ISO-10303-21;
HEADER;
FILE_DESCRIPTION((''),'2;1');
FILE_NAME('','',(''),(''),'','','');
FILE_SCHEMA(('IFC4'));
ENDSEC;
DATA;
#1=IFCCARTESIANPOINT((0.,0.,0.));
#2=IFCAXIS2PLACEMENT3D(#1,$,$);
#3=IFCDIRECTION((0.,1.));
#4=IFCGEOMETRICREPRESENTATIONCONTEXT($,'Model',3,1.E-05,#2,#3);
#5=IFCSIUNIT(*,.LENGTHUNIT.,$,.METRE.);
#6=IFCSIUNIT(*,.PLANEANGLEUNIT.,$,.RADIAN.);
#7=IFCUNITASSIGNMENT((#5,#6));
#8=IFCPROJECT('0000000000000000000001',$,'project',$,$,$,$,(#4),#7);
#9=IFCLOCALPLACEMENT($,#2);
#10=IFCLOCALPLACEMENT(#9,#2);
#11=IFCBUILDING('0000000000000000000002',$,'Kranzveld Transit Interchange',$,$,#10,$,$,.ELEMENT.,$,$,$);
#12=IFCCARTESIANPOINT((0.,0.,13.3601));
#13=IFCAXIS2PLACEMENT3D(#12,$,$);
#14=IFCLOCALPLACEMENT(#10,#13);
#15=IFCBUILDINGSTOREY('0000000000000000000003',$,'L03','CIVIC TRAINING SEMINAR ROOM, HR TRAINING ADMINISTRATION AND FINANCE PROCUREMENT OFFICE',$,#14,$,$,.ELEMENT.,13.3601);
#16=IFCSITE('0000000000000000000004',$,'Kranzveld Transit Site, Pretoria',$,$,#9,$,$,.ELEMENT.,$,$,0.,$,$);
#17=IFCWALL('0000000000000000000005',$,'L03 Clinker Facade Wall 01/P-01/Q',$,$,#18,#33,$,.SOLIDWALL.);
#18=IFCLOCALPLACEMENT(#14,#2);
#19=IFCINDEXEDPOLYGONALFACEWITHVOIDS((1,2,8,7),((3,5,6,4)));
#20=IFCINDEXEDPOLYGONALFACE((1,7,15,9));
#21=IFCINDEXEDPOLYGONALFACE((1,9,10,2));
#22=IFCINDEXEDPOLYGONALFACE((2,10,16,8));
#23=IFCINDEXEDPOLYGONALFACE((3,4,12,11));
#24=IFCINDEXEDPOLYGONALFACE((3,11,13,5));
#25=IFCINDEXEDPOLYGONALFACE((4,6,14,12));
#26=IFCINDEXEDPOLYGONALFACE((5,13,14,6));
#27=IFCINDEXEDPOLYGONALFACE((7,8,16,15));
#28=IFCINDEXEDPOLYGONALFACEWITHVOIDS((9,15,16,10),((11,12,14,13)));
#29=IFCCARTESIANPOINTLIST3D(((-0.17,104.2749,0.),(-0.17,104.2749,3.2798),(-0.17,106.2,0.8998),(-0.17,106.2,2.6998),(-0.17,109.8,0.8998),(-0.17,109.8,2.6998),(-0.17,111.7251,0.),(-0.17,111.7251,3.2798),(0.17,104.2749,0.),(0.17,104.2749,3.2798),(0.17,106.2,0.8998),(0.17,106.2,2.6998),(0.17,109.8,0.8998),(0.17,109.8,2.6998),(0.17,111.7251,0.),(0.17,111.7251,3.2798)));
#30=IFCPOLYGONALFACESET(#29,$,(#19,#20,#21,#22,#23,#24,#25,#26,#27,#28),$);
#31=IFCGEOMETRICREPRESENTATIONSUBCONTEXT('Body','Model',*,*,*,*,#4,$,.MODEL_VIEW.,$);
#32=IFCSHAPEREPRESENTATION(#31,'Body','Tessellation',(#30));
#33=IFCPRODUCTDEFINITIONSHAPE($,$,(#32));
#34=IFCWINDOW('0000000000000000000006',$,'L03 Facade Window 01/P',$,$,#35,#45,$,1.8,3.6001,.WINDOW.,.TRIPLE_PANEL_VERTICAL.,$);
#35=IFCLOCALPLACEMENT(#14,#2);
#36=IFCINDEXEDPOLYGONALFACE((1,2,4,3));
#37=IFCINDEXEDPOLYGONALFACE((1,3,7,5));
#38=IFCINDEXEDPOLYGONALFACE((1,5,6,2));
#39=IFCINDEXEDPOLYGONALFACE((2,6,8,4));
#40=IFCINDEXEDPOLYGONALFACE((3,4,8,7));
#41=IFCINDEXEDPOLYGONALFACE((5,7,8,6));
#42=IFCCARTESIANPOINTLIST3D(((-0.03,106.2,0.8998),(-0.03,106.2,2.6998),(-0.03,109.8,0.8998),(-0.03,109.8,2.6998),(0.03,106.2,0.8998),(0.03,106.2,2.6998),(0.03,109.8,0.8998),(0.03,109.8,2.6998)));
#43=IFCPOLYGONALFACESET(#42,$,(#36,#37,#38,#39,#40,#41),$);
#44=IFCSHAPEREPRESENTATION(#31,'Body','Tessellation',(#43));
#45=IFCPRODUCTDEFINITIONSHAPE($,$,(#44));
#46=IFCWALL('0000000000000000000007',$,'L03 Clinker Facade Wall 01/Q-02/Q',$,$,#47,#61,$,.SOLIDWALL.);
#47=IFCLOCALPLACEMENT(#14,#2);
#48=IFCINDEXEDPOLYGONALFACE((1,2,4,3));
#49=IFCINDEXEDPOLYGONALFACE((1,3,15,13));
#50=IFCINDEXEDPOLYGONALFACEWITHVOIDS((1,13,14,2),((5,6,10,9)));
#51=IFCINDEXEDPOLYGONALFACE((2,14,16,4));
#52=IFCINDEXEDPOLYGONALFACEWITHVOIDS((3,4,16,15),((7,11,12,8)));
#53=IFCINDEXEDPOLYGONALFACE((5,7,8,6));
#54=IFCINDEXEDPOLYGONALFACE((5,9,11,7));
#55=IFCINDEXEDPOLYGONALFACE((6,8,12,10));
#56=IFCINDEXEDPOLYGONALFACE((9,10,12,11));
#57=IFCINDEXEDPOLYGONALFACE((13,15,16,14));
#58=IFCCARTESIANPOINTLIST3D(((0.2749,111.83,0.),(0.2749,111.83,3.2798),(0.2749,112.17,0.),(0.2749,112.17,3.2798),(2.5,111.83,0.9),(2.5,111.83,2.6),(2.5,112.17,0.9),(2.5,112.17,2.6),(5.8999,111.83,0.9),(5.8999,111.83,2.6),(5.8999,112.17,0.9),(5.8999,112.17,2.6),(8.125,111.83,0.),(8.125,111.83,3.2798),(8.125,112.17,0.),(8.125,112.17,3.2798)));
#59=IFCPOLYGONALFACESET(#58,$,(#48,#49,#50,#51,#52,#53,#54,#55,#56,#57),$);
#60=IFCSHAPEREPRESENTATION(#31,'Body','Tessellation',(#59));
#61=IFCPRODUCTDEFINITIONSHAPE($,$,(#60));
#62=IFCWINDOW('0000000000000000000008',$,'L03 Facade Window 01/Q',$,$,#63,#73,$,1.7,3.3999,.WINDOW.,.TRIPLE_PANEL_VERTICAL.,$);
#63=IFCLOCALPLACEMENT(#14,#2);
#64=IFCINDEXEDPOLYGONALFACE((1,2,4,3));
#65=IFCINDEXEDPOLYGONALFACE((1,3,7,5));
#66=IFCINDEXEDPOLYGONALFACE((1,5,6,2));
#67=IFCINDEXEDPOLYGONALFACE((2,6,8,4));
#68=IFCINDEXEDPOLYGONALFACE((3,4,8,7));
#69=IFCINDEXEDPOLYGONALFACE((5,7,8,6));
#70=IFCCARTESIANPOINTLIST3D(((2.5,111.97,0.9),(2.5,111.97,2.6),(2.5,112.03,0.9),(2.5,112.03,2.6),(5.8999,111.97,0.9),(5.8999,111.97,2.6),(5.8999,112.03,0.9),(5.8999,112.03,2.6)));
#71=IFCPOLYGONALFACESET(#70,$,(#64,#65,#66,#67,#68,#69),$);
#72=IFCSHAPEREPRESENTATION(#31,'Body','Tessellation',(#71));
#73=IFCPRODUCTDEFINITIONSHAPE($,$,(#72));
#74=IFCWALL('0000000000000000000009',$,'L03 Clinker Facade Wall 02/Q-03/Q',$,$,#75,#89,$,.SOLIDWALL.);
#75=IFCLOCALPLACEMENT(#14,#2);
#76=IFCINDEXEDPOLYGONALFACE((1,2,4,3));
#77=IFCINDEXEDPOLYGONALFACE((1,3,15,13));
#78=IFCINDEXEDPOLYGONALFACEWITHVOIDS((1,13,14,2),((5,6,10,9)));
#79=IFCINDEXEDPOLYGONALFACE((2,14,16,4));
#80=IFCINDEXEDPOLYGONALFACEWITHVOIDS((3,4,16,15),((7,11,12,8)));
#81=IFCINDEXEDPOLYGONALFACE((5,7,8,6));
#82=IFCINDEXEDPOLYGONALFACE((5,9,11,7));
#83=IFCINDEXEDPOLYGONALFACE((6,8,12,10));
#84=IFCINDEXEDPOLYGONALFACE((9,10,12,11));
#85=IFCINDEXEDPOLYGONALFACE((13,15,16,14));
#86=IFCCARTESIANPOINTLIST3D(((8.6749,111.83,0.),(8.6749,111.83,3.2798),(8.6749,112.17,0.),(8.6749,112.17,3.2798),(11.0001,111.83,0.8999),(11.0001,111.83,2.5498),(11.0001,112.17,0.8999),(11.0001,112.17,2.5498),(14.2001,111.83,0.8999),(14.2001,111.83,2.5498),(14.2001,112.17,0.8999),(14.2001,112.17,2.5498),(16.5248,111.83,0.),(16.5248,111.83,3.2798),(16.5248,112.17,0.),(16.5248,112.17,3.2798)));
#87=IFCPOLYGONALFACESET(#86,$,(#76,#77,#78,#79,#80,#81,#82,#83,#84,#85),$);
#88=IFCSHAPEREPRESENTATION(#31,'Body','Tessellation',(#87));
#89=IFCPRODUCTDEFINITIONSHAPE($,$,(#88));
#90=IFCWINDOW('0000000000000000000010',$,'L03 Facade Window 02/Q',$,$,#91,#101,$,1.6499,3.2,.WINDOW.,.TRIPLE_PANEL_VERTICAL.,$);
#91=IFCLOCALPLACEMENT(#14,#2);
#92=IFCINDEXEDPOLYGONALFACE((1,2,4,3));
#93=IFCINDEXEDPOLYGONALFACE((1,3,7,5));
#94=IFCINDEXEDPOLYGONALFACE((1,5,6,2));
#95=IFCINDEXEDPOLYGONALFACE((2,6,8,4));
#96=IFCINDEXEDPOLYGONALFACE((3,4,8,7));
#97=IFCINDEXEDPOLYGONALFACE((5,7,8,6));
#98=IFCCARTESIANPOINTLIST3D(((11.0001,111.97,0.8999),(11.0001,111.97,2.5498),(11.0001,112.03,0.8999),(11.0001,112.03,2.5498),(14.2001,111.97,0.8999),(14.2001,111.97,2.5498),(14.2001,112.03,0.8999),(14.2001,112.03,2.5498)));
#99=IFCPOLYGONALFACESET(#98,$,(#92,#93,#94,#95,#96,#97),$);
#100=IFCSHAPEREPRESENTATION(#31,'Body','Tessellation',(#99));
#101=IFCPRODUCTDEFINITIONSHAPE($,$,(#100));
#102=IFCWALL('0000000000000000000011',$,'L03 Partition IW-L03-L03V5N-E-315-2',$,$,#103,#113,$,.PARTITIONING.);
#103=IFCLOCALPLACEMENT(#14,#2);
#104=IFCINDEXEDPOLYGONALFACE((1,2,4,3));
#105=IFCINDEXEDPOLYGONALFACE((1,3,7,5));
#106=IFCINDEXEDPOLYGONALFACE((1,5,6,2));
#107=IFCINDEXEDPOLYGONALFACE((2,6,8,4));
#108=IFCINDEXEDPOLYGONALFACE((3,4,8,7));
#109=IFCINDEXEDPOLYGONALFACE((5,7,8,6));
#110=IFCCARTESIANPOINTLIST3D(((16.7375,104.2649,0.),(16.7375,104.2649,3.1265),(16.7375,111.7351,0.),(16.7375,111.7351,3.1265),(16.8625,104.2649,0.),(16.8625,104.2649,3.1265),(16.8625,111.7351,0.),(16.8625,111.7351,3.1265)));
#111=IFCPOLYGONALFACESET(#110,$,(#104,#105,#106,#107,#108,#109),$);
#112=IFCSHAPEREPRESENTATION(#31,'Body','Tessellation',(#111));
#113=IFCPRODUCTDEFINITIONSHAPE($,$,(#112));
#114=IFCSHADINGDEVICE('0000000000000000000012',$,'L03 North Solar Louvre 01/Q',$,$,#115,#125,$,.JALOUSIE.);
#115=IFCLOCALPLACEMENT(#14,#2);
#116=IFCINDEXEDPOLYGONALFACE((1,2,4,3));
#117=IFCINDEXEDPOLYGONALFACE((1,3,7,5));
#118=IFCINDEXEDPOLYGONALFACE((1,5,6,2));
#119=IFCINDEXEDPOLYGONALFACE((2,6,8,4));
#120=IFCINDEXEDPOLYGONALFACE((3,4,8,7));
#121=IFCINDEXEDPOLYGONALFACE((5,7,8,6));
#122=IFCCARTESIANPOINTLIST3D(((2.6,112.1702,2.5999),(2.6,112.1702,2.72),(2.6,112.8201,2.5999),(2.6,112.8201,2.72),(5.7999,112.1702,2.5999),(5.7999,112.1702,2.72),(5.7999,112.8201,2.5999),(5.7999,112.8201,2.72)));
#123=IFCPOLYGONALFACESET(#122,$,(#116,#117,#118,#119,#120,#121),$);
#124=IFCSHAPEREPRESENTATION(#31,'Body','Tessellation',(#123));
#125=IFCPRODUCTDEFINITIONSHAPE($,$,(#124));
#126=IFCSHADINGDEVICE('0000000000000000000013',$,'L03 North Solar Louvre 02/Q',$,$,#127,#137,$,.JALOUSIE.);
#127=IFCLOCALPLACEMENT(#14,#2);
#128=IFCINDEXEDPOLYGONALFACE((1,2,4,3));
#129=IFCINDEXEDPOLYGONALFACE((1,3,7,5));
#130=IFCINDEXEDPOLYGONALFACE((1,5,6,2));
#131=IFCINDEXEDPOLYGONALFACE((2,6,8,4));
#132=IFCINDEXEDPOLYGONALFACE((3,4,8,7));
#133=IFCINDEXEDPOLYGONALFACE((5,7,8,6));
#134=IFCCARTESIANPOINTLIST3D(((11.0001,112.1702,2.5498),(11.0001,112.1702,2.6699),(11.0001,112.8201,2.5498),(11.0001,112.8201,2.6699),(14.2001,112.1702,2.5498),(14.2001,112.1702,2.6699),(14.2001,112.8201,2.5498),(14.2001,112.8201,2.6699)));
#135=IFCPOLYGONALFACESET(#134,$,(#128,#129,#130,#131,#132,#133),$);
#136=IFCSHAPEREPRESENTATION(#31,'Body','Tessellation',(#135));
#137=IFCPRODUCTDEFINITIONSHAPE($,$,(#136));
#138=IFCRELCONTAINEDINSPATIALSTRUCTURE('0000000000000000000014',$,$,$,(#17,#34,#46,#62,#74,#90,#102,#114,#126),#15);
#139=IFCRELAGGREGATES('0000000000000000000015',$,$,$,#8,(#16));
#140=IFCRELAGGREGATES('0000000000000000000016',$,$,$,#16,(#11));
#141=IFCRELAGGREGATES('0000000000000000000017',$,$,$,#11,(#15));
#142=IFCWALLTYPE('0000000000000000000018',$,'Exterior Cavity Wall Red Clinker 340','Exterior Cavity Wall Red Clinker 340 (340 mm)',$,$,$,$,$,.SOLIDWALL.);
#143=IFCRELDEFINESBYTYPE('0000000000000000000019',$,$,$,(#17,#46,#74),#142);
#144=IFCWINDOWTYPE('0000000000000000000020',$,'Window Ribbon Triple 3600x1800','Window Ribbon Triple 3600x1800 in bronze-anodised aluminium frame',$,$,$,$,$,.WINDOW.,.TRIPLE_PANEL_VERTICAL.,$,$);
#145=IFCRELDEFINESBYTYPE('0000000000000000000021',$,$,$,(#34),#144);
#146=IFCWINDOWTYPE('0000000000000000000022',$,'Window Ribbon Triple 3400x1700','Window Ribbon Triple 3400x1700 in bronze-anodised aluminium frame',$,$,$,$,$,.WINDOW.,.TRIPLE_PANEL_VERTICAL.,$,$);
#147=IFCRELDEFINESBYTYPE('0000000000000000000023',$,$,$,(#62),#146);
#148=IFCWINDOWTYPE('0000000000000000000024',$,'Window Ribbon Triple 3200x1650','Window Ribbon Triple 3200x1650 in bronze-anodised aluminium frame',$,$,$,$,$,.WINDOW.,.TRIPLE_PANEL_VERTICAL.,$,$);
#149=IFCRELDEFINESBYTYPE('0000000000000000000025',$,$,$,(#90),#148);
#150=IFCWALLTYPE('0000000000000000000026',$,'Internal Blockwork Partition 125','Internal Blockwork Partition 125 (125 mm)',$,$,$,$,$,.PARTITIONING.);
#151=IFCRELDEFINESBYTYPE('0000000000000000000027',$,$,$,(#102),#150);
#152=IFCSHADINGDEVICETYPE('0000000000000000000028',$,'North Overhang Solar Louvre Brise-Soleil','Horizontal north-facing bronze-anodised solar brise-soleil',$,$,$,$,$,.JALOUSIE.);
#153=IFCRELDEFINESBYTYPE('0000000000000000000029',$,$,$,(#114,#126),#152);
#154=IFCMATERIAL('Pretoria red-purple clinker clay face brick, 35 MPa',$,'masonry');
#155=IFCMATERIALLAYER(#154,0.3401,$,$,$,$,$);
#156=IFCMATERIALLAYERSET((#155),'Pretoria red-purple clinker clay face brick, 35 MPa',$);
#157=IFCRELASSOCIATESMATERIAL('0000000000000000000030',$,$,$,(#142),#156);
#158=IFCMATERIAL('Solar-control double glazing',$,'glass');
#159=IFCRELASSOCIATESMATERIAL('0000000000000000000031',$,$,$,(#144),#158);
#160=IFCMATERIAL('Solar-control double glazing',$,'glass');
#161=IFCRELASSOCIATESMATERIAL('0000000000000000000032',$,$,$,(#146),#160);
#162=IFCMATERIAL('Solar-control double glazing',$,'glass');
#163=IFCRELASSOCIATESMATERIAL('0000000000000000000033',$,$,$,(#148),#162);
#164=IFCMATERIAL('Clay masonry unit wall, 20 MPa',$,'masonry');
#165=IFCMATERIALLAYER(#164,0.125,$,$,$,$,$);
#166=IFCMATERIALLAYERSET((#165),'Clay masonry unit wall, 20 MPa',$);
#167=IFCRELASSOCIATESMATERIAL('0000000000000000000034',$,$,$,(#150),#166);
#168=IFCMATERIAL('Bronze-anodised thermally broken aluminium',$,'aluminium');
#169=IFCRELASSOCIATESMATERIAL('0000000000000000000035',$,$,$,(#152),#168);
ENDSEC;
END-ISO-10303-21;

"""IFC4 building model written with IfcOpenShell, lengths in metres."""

from ifc_helpers import new_model, si_unit, direction, frame, frame_2d, origin, origin_2d, place, context, subcontext, project, spatial, rectangle, extrude, material, layer, layer_set, type_object, element, fill, save


model = new_model("IFC4")

# Units and contexts
model_context = context("Model", 3, precision=1e-05, world=origin(), true_north=direction((0.0, 1.0)))
body_context = subcontext(model_context, "Body", "Model", "MODEL_VIEW")
ifc_project = project(units=[si_unit("LENGTHUNIT", "METRE"), si_unit("PLANEANGLEUNIT", "RADIAN")], contexts=[model_context])

# Site, building, storey
site_placement = place(None, origin())
site = spatial("IfcSite", under=ifc_project, at=site_placement, Name="Kranzveld Transit Site, Pretoria", CompositionType="ELEMENT", RefElevation=0.0)
building_placement = place(site_placement, origin())
building = spatial("IfcBuilding", under=site, at=building_placement, Name="Kranzveld Transit Interchange", CompositionType="ELEMENT")
storey_placement = place(building_placement, frame((0.0, 0.0, 13.3601)))
storey = spatial("IfcBuildingStorey", under=building, at=storey_placement, Name="L03", Description="CIVIC TRAINING SEMINAR ROOM, HR TRAINING ADMINISTRATION AND FINANCE PROCUREMENT OFFICE", CompositionType="ELEMENT", Elevation=13.3601)

# Walls, openings, windows
ifc_material_1 = material(Name="Pretoria red-purple clinker clay face brick, 35 MPa", Category="masonry")
ifc_layer_1 = layer(ifc_material_1, 0.3401)
ifc_layer_set_1 = layer_set([ifc_layer_1], Name="Pretoria red-purple clinker clay face brick, 35 MPa")
wall_type_1 = type_object("IfcWallType", Name="Exterior Cavity Wall Red Clinker 340", Description="Exterior Cavity Wall Red Clinker 340 (340 mm)", PredefinedType="SOLIDWALL", material=ifc_layer_set_1)
wall_1_placement = place(storey_placement, frame((0.0, 104.2749, 0.0), z_axis=(0.0, 0.0, 1.0), x_axis=(0.0, 1.0, 0.0)))
wall_1 = element("IfcWall", 1, at=wall_1_placement, inside=storey, type_object=wall_type_1, Name="L03 Clinker Facade Wall 01/P-01/Q", PredefinedType="SOLIDWALL", context=body_context, shape_type="SweptSolid", body=[
    extrude(rectangle(XDim=7.4502, YDim=0.3401, at=frame_2d((3.7251, 0.0))), origin(), (0.0, 0.0, 1.0), 3.2798),
])
opening_1_placement = place(wall_1_placement, frame((1.925, 0.0, 0.8999), z_axis=(0.0, 0.0, 1.0), x_axis=(1.0, 0.0, 0.0)))
opening_1 = element("IfcOpeningElement", 2, at=opening_1_placement, cuts=wall_1, PredefinedType="OPENING", context=body_context, shape_type="SweptSolid", body=[
    extrude(rectangle(XDim=3.6001, YDim=1.8, at=frame_2d((1.8, 0.8999))), frame((0.0, 0.1799, 0.0), z_axis=(0.0, -1.0, 0.0), x_axis=(1.0, 0.0, 0.0)), (0.0, 0.0, 1.0), 0.3601),
])
ifc_material_2 = material(Name="Solar-control double glazing", Category="glass")
window_type_1 = type_object("IfcWindowType", Name="Window Ribbon Triple 3600x1800", Description="Window Ribbon Triple 3600x1800 in bronze-anodised aluminium frame", PartitioningType="TRIPLE_PANEL_VERTICAL", PredefinedType="WINDOW", material=ifc_material_2)
window_1_placement = place(opening_1_placement, origin())
window_1 = element("IfcWindow", 3, at=window_1_placement, inside=storey, type_object=window_type_1, Name="L03 Facade Window 01/P", OverallHeight=1.8, OverallWidth=3.6001, PartitioningType="TRIPLE_PANEL_VERTICAL", PredefinedType="WINDOW", context=body_context, shape_type="SweptSolid", body=[
    extrude(rectangle(XDim=3.6001, YDim=1.8, at=frame_2d((1.8, 0.8999))), frame((0.0, 0.03, 0.0), z_axis=(0.0, -1.0, 0.0), x_axis=(1.0, 0.0, 0.0)), (0.0, 0.0, 1.0), 0.0601),
])
fill(opening_1, window_1)
wall_2_placement = place(storey_placement, frame((0.2749, 112.0, 0.0), z_axis=(0.0, 0.0, 1.0), x_axis=(1.0, 0.0, 0.0)))
wall_2 = element("IfcWall", 4, at=wall_2_placement, inside=storey, type_object=wall_type_1, Name="L03 Clinker Facade Wall 01/Q-02/Q", PredefinedType="SOLIDWALL", context=body_context, shape_type="SweptSolid", body=[
    extrude(rectangle(XDim=7.8501, YDim=0.3401, at=frame_2d((3.925, 0.0))), origin(), (0.0, 0.0, 1.0), 3.2798),
])
opening_2_placement = place(wall_2_placement, frame((2.2251, 0.0, 0.8999), z_axis=(0.0, 0.0, 1.0), x_axis=(1.0, 0.0, 0.0)))
opening_2 = element("IfcOpeningElement", 5, at=opening_2_placement, cuts=wall_2, PredefinedType="OPENING", context=body_context, shape_type="SweptSolid", body=[
    extrude(rectangle(XDim=3.3999, YDim=1.7, at=frame_2d((1.7, 0.8501))), frame((0.0, 0.1799, 0.0), z_axis=(0.0, -1.0, 0.0), x_axis=(1.0, 0.0, 0.0)), (0.0, 0.0, 1.0), 0.3601),
])
ifc_material_3 = material(Name="Solar-control double glazing", Category="glass")
window_type_2 = type_object("IfcWindowType", Name="Window Ribbon Triple 3400x1700", Description="Window Ribbon Triple 3400x1700 in bronze-anodised aluminium frame", PartitioningType="TRIPLE_PANEL_VERTICAL", PredefinedType="WINDOW", material=ifc_material_3)
window_2_placement = place(opening_2_placement, origin())
window_2 = element("IfcWindow", 6, at=window_2_placement, inside=storey, type_object=window_type_2, Name="L03 Facade Window 01/Q", OverallHeight=1.7, OverallWidth=3.3999, PartitioningType="TRIPLE_PANEL_VERTICAL", PredefinedType="WINDOW", context=body_context, shape_type="SweptSolid", body=[
    extrude(rectangle(XDim=3.3999, YDim=1.7, at=frame_2d((1.7, 0.8501))), frame((0.0, 0.03, 0.0), z_axis=(0.0, -1.0, 0.0), x_axis=(1.0, 0.0, 0.0)), (0.0, 0.0, 1.0), 0.0601),
])
fill(opening_2, window_2)
wall_3_placement = place(storey_placement, frame((8.675, 112.0, 0.0), z_axis=(0.0, 0.0, 1.0), x_axis=(1.0, 0.0, 0.0)))
wall_3 = element("IfcWall", 7, at=wall_3_placement, inside=storey, type_object=wall_type_1, Name="L03 Clinker Facade Wall 02/Q-03/Q", PredefinedType="SOLIDWALL", context=body_context, shape_type="SweptSolid", body=[
    extrude(rectangle(XDim=7.8499, YDim=0.3401, at=frame_2d((3.9248, 0.0))), origin(), (0.0, 0.0, 1.0), 3.2798),
])
opening_3_placement = place(wall_3_placement, frame((2.325, 0.0, 0.8999), z_axis=(0.0, 0.0, 1.0), x_axis=(1.0, 0.0, 0.0)))
opening_3 = element("IfcOpeningElement", 8, at=opening_3_placement, cuts=wall_3, PredefinedType="OPENING", context=body_context, shape_type="SweptSolid", body=[
    extrude(rectangle(XDim=3.2, YDim=1.6499, at=frame_2d((1.6001, 0.825))), frame((0.0, 0.1799, 0.0), z_axis=(0.0, -1.0, 0.0), x_axis=(1.0, 0.0, 0.0)), (0.0, 0.0, 1.0), 0.3601),
])
ifc_material_4 = material(Name="Solar-control double glazing", Category="glass")
window_type_3 = type_object("IfcWindowType", Name="Window Ribbon Triple 3200x1650", Description="Window Ribbon Triple 3200x1650 in bronze-anodised aluminium frame", PartitioningType="TRIPLE_PANEL_VERTICAL", PredefinedType="WINDOW", material=ifc_material_4)
window_3_placement = place(opening_3_placement, origin())
window_3 = element("IfcWindow", 9, at=window_3_placement, inside=storey, type_object=window_type_3, Name="L03 Facade Window 02/Q", OverallHeight=1.6499, OverallWidth=3.2, PartitioningType="TRIPLE_PANEL_VERTICAL", PredefinedType="WINDOW", context=body_context, shape_type="SweptSolid", body=[
    extrude(rectangle(XDim=3.2, YDim=1.6499, at=frame_2d((1.6001, 0.825))), frame((0.0, 0.03, 0.0), z_axis=(0.0, -1.0, 0.0), x_axis=(1.0, 0.0, 0.0)), (0.0, 0.0, 1.0), 0.0601),
])
fill(opening_3, window_3)

# Wall
ifc_material_5 = material(Name="Clay masonry unit wall, 20 MPa", Category="masonry")
ifc_layer_2 = layer(ifc_material_5, 0.125)
ifc_layer_set_2 = layer_set([ifc_layer_2], Name="Clay masonry unit wall, 20 MPa")
wall_type_2 = type_object("IfcWallType", Name="Internal Blockwork Partition 125", Description="Internal Blockwork Partition 125 (125 mm)", PredefinedType="PARTITIONING", material=ifc_layer_set_2)
wall_4_placement = place(storey_placement, frame((16.8, 104.2649, 0.0), z_axis=(0.0, 0.0, 1.0), x_axis=(0.0, 1.0, 0.0)))
element("IfcWall", 10, at=wall_4_placement, inside=storey, type_object=wall_type_2, Name="L03 Partition IW-L03-L03V5N-E-315-2", PredefinedType="PARTITIONING", context=body_context, shape_type="SweptSolid", body=[
    extrude(rectangle(XDim=7.4702, YDim=0.125, at=frame_2d((3.7351, 0.0))), origin(), (0.0, 0.0, 1.0), 3.1265),
])

# Shading devices
ifc_material_6 = material(Name="Bronze-anodised thermally broken aluminium", Category="aluminium")
shading_device_type = type_object("IfcShadingDeviceType", Name="North Overhang Solar Louvre Brise-Soleil", Description="Horizontal north-facing bronze-anodised solar brise-soleil", PredefinedType="JALOUSIE", material=ifc_material_6)
for number, where, z_axis, x_axis, name in (
    (11, (4.2, 112.4951, 2.5999), (0.0, 0.0, 1.0), (1.0, 0.0, 0.0), "L03 North Solar Louvre 01/Q"),
    (12, (12.6001, 112.4951, 2.5498), (0.0, 0.0, 1.0), (1.0, 0.0, 0.0), "L03 North Solar Louvre 02/Q"),
):
    element("IfcShadingDevice", number, at=place(storey_placement, frame(where, z_axis=z_axis, x_axis=x_axis)), inside=storey, type_object=shading_device_type, Name=name, PredefinedType="JALOUSIE", context=body_context, shape_type="SweptSolid", body=[
        extrude(rectangle(XDim=3.2, YDim=0.6499, at=origin_2d()), origin(), (0.0, 0.0, 1.0), 0.1201),
    ])

save(model, "model.ifc")
